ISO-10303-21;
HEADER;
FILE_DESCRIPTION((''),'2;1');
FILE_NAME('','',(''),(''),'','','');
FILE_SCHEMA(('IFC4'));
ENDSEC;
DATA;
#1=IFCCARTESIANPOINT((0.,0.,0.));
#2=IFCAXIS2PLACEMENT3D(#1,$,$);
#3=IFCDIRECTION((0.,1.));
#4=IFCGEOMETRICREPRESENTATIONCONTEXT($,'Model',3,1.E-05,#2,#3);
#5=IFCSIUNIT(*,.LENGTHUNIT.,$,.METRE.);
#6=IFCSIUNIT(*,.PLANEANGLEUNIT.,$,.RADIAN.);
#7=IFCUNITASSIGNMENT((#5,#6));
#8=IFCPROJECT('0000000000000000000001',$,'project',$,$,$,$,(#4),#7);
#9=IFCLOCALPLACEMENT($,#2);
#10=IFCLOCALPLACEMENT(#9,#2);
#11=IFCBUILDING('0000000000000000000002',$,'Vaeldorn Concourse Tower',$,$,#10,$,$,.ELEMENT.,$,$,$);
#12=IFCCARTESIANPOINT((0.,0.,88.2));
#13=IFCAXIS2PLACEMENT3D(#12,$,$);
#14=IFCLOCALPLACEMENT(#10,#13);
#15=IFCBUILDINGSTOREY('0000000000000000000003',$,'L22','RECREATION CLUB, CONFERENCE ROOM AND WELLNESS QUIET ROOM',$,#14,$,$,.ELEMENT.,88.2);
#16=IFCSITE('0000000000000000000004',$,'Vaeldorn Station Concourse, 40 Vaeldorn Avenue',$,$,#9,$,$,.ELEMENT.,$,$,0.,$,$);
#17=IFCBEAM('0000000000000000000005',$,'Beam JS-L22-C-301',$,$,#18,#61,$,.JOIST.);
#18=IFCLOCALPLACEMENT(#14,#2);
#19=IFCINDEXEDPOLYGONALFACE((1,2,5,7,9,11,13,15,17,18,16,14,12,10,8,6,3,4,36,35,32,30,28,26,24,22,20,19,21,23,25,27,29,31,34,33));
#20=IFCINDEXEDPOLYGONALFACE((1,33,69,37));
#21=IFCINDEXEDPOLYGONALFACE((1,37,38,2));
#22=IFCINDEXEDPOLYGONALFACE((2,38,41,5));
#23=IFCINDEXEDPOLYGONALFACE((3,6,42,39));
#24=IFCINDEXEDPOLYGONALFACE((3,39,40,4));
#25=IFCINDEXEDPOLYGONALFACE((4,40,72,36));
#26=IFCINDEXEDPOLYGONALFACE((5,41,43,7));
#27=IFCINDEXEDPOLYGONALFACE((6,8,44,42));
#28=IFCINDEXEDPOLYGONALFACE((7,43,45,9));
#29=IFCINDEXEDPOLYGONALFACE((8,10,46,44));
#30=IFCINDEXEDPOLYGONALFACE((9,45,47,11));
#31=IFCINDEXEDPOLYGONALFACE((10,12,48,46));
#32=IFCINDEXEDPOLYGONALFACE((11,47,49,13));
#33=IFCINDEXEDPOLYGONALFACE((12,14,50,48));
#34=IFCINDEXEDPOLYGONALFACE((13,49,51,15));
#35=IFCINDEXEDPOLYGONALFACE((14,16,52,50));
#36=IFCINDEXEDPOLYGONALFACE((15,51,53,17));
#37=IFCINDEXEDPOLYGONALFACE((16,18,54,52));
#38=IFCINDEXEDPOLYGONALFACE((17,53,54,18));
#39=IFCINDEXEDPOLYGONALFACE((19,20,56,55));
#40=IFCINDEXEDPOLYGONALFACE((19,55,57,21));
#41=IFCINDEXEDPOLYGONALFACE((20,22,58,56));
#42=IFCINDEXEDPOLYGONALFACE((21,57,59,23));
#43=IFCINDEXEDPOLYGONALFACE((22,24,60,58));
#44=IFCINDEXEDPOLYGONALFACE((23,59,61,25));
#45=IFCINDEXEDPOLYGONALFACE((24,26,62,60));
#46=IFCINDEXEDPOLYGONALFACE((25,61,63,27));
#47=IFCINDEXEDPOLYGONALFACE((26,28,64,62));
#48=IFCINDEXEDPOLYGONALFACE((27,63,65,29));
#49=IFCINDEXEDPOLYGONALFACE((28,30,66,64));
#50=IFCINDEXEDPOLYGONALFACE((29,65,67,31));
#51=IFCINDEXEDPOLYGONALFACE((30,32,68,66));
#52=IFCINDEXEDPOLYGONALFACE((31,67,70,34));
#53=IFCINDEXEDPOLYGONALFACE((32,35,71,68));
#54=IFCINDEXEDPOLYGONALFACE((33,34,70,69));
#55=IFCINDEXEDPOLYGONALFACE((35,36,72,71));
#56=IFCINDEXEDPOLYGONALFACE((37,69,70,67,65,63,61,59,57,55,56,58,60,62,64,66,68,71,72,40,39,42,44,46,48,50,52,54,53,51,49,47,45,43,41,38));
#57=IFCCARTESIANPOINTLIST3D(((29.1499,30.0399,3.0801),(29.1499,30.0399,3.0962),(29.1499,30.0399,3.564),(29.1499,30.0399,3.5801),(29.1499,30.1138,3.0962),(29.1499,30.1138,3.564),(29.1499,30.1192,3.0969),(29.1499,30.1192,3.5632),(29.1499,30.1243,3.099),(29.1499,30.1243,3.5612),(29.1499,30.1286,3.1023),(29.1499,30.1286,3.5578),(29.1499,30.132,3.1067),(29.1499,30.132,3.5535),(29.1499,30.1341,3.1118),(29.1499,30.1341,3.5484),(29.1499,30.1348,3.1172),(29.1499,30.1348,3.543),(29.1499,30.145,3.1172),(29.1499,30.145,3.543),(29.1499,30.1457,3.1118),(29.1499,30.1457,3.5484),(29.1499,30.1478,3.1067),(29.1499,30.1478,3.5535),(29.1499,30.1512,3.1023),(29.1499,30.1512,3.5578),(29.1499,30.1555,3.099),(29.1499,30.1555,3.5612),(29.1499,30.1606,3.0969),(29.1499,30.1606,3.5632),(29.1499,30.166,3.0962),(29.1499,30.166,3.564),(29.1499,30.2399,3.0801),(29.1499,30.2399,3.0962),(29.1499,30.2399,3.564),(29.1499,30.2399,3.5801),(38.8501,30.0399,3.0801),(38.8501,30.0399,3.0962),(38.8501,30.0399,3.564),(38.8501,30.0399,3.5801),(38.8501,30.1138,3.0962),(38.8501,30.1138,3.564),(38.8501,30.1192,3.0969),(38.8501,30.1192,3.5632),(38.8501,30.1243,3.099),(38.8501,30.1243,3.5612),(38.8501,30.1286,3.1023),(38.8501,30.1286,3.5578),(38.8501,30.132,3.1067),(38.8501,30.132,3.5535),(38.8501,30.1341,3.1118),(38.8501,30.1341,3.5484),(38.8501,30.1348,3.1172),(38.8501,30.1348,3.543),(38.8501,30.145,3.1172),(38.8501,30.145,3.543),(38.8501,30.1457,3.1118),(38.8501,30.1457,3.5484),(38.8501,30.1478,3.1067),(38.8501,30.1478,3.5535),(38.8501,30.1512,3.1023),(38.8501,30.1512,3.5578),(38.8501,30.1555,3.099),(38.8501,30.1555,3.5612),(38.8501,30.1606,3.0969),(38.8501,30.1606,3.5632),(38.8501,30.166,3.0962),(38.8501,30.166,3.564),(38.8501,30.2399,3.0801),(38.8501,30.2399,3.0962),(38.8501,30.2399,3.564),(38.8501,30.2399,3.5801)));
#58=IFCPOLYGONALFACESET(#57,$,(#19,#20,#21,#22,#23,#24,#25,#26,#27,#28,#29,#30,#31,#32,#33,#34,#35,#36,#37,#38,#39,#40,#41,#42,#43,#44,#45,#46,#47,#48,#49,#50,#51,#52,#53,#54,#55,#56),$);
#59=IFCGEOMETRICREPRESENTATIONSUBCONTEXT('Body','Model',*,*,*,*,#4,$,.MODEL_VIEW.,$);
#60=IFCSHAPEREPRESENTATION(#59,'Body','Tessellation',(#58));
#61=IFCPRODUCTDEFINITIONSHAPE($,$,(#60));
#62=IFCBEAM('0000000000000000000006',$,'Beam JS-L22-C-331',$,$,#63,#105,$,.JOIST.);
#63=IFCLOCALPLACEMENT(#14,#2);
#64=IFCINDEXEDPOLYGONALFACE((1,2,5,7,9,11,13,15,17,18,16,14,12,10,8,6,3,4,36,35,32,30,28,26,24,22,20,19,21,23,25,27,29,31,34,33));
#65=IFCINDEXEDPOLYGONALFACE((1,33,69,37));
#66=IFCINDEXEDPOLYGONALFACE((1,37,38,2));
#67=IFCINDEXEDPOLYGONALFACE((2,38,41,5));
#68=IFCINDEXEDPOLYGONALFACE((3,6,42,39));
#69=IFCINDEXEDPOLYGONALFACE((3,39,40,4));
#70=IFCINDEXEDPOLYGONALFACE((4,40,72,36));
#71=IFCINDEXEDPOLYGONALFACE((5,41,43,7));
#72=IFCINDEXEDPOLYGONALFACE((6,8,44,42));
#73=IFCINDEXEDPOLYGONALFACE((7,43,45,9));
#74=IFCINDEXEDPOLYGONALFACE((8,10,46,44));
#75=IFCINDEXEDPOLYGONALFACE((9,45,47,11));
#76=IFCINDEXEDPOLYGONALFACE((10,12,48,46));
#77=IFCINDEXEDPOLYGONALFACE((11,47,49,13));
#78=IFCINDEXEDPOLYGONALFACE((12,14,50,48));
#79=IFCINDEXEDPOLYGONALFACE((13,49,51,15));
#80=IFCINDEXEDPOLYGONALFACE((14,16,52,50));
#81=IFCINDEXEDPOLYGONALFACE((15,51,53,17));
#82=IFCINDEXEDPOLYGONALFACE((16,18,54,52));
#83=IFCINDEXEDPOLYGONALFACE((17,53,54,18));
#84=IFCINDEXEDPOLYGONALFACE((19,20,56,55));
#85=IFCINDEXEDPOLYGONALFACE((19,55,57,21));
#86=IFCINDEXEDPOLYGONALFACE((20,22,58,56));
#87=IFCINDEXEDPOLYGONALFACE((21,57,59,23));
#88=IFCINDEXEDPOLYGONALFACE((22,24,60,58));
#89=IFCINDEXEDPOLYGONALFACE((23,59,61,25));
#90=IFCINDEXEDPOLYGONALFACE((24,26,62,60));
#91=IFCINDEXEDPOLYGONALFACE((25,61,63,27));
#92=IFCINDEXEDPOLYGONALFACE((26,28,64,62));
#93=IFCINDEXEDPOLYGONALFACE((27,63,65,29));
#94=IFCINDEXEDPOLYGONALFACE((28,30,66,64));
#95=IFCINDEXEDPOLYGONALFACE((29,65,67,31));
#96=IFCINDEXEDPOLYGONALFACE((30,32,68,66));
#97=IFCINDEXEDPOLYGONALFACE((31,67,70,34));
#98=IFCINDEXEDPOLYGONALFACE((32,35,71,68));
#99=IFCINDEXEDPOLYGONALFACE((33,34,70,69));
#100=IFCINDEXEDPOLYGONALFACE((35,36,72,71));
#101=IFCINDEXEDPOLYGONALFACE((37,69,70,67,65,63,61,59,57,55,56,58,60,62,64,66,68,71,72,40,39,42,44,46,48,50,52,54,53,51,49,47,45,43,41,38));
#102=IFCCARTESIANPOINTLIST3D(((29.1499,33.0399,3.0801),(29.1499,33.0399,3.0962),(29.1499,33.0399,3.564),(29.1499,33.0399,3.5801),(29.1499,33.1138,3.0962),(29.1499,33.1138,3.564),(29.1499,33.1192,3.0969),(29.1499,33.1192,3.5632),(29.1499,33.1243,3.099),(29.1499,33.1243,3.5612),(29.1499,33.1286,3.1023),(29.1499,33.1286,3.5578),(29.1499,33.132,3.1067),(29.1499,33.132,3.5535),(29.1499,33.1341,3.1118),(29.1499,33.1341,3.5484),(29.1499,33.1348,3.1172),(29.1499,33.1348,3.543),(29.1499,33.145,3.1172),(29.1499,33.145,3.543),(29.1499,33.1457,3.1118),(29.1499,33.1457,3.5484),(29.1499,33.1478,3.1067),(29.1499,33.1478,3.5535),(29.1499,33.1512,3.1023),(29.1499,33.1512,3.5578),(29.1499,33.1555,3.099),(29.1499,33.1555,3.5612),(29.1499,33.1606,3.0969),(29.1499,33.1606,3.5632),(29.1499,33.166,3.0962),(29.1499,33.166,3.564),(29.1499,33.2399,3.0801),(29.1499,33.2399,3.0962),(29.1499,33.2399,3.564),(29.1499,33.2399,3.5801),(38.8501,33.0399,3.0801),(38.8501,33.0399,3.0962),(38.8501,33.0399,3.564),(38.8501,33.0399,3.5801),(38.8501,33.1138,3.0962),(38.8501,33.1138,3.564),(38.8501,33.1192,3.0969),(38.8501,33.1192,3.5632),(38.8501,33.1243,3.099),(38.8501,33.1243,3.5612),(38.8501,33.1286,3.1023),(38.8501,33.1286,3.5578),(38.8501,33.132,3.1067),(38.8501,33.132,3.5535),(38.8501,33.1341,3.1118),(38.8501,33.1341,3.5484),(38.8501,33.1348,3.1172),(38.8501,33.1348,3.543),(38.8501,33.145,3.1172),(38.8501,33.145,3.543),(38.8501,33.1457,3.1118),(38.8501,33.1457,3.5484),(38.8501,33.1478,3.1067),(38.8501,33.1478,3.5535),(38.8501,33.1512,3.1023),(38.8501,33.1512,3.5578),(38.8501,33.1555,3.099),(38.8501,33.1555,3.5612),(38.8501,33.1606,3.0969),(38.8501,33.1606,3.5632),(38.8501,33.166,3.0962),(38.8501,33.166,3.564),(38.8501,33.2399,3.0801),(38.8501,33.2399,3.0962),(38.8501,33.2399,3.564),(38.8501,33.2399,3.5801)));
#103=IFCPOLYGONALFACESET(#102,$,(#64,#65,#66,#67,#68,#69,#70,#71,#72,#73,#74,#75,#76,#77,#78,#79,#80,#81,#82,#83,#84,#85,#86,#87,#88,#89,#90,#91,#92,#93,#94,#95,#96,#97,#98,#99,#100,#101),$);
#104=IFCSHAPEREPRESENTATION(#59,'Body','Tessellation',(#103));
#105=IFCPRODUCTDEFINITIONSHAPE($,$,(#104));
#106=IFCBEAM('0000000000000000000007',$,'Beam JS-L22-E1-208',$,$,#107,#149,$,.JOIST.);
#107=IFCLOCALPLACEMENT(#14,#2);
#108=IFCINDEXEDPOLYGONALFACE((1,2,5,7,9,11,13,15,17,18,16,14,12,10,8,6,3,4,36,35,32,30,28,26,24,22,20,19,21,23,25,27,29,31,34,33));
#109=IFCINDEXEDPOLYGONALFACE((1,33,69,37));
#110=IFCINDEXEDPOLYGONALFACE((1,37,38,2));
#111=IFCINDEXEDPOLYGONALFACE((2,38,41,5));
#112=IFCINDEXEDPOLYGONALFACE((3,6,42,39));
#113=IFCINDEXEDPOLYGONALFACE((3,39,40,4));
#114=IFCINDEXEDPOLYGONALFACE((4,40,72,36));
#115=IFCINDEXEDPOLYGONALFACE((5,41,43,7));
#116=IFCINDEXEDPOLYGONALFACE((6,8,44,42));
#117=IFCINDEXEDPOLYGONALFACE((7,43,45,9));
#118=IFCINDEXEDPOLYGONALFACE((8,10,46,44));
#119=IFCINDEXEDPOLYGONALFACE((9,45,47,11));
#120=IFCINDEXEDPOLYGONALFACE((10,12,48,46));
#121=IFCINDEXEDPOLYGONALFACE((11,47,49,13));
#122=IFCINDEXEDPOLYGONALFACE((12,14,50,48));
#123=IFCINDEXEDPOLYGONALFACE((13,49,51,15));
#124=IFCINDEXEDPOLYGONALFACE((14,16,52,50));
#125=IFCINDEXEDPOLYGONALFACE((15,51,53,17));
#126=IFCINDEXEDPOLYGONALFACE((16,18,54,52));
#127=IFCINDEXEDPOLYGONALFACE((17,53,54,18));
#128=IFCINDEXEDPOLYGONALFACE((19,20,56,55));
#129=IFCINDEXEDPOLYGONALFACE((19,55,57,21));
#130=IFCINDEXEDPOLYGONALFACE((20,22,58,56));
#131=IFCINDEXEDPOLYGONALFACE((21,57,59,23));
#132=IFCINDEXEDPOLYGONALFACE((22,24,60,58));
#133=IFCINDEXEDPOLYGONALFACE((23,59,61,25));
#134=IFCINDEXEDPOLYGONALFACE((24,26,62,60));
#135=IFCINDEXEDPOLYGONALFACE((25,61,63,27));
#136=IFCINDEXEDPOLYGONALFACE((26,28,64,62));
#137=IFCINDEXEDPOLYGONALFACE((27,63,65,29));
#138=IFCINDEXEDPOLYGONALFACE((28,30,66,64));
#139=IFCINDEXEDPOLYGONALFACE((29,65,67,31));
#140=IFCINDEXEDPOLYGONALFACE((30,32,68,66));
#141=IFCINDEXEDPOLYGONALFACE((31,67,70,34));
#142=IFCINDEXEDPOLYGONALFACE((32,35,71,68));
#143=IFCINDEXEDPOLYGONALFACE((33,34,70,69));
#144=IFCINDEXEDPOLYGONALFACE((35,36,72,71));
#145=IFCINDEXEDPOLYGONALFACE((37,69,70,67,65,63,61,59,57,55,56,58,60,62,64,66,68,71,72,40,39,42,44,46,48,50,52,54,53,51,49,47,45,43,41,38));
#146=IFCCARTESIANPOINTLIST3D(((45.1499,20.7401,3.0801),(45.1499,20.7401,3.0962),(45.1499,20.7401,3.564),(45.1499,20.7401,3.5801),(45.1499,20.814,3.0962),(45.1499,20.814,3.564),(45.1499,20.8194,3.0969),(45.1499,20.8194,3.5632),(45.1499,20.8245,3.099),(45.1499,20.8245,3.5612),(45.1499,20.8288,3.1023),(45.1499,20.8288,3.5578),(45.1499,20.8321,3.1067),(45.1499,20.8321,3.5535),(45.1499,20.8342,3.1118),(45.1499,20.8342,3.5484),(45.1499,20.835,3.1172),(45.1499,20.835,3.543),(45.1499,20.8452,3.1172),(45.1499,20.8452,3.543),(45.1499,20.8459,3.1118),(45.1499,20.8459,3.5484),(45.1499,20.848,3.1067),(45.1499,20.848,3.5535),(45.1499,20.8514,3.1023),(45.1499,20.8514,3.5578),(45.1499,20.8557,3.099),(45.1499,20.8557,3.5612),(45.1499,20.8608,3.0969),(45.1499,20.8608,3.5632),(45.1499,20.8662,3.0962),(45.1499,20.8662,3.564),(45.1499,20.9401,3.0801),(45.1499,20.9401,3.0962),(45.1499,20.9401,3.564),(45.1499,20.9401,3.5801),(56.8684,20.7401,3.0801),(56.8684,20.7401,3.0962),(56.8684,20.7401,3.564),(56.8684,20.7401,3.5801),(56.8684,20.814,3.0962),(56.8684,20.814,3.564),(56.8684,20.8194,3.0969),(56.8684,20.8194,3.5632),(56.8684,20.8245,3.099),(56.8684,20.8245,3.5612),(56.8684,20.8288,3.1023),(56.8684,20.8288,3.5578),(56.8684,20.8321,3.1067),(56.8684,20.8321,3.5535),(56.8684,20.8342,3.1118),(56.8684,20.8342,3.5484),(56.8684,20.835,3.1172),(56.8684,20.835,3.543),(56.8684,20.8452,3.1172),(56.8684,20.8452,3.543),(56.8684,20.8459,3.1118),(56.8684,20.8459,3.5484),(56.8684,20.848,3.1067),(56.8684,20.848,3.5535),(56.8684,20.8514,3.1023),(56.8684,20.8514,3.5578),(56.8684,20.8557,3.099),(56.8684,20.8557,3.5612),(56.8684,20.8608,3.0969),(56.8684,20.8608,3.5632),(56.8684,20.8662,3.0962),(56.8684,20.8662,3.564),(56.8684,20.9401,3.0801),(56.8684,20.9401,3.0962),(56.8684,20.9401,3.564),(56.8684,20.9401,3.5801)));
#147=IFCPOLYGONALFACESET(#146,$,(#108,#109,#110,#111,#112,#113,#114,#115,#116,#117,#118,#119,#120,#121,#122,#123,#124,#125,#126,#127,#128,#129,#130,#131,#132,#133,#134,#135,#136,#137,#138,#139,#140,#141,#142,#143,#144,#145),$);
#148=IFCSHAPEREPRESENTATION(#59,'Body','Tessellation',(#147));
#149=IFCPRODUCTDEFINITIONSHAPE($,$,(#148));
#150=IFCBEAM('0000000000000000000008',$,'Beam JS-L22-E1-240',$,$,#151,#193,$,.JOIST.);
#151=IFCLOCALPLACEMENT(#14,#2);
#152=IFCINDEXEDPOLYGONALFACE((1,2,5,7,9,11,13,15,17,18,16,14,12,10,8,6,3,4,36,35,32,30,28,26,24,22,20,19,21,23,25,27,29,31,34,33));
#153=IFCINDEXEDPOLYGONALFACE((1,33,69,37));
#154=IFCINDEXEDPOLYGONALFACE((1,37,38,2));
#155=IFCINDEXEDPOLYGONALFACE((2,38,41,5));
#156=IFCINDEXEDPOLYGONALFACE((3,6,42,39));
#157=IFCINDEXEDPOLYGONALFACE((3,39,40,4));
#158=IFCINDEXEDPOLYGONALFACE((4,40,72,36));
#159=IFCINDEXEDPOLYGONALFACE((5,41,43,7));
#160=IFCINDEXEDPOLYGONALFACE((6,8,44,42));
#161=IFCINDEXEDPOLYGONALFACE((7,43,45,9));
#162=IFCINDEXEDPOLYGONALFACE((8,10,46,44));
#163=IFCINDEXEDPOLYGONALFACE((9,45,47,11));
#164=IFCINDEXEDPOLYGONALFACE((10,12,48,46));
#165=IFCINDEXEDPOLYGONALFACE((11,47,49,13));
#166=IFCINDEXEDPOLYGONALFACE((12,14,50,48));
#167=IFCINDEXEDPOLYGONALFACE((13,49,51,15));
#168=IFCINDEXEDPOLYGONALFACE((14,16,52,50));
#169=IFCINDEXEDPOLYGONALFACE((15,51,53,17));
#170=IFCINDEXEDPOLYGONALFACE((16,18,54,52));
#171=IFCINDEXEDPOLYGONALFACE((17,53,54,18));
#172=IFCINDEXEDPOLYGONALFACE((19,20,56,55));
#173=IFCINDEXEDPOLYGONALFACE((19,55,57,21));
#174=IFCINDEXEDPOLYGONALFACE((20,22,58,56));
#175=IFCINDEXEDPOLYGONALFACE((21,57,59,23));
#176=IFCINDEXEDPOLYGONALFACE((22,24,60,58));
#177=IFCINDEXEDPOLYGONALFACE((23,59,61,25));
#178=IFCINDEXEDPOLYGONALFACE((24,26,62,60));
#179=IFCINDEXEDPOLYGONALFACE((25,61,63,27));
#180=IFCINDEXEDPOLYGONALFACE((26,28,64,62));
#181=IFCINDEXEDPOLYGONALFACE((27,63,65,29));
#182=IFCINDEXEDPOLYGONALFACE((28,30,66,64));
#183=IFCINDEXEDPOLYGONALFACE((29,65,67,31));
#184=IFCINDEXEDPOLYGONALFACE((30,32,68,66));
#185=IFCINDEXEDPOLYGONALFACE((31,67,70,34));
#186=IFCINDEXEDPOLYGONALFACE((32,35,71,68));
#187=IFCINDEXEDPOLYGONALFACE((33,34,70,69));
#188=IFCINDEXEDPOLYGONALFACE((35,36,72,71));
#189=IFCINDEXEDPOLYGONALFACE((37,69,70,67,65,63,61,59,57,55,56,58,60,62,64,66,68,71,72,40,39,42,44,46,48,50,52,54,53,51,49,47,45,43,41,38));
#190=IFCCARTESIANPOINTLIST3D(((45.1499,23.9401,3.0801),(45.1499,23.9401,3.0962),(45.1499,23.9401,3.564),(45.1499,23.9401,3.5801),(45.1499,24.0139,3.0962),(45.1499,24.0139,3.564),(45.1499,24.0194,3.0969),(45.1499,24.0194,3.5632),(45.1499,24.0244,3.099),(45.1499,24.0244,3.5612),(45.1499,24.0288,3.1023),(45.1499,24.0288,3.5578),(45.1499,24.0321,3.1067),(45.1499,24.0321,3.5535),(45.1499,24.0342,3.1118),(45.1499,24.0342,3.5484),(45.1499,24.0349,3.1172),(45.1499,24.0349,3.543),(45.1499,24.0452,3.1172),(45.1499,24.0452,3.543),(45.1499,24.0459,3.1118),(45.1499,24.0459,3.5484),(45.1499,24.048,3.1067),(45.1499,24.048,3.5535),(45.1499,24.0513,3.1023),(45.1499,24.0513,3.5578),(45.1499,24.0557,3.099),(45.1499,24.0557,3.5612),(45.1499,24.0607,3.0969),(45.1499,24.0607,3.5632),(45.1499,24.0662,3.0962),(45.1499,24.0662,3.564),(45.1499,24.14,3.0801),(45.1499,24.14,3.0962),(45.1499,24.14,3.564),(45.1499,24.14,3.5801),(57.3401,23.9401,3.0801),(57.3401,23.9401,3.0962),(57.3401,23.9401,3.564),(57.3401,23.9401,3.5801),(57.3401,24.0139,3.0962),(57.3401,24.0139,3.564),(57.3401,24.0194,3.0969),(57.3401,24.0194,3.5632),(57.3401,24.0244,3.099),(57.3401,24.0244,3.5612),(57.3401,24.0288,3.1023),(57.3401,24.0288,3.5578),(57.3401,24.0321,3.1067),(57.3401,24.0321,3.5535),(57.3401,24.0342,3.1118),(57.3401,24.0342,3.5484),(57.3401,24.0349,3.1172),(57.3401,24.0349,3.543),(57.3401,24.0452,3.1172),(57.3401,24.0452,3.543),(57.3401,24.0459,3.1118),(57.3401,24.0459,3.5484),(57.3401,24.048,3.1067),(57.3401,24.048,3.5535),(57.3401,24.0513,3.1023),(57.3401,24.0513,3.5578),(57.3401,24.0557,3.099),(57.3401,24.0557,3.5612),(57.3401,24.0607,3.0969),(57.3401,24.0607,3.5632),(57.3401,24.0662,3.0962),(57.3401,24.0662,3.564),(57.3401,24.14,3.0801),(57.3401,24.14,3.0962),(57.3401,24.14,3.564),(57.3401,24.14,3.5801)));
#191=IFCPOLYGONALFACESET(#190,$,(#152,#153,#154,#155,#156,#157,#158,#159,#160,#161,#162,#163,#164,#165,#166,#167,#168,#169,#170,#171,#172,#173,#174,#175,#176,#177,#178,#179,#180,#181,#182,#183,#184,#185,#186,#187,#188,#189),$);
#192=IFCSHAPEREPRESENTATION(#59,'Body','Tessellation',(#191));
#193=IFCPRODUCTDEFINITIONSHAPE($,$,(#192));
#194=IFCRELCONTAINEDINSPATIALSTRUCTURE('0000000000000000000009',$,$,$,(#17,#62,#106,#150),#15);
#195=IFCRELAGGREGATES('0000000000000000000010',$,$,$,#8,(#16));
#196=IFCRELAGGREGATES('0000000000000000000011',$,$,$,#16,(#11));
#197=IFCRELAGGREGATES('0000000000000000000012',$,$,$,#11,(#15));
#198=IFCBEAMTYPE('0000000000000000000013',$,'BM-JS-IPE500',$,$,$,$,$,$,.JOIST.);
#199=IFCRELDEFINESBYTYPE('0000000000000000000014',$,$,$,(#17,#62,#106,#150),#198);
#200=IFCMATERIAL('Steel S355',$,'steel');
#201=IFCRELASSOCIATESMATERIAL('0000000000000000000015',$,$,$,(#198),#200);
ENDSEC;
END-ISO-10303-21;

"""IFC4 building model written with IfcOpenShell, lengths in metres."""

from ifc_helpers import new_model, si_unit, direction, frame, origin, origin_2d, place, context, subcontext, project, spatial, i_section, extrude, source, transform, mapped, material, material_profile, profile_set, type_object, element, save


model = new_model("IFC4")

# Units and contexts
model_context = context("Model", 3, precision=1e-05, world=origin(), true_north=direction((0.0, 1.0)))
body_context = subcontext(model_context, "Body", "Model", "MODEL_VIEW")
ifc_project = project(units=[si_unit("LENGTHUNIT", "METRE"), si_unit("PLANEANGLEUNIT", "RADIAN")], contexts=[model_context])

# Site, building, storey
site_placement = place(None, origin())
site = spatial("IfcSite", under=ifc_project, at=site_placement, Name="Vaeldorn Station Concourse, 40 Vaeldorn Avenue", CompositionType="ELEMENT", RefElevation=0.0)
building_placement = place(site_placement, origin())
building = spatial("IfcBuilding", under=site, at=building_placement, Name="Vaeldorn Concourse Tower", CompositionType="ELEMENT")
storey_placement = place(building_placement, frame((0.0, 0.0, 88.2)))
storey = spatial("IfcBuildingStorey", under=building, at=storey_placement, Name="L22", Description="RECREATION CLUB, CONFERENCE ROOM AND WELLNESS QUIET ROOM", CompositionType="ELEMENT", Elevation=88.2)

# Beams
ifc_material_1 = material(Name="Steel S355", Category="steel")
ifc_material_profile_1 = material_profile(ifc_material_1, i_section(OverallWidth=0.2, OverallDepth=0.5, WebThickness=0.0103, FlangeThickness=0.0161, FilletRadius=0.021, at=origin_2d()), Name="IPE 500")
ifc_profile_set_1 = profile_set([ifc_material_profile_1], Name="Steel S355")
beam_type_1 = type_object("IfcBeamType", Name="BM-JS-IPE500", PredefinedType="JOIST", material=ifc_profile_set_1)
shared_shape_1 = source(origin(), body_context, "Body", "SweptSolid", [
    extrude(i_section(OverallWidth=0.2, OverallDepth=0.5, WebThickness=0.0103, FlangeThickness=0.0161, FilletRadius=0.021, at=origin_2d()), origin(), (0.0, 0.0, 1.0), 9.7002),
])
for number, where, z_axis, x_axis, name in (
    (1, (29.1499, 30.1399, 3.3301), (1.0, 0.0, 0.0), (0.0, 1.0, 0.0), "Beam JS-L22-C-301"),
    (2, (29.1499, 33.1399, 3.3301), (1.0, 0.0, 0.0), (0.0, 1.0, 0.0), "Beam JS-L22-C-331"),
):
    element("IfcBeam", number, at=place(storey_placement, frame(where, z_axis=z_axis, x_axis=x_axis)), inside=storey, type_object=beam_type_1, Name=name, PredefinedType="JOIST", context=body_context, shape_type="MappedRepresentation", body=[
        mapped(shared_shape_1, transform((0.0, 0.0, 0.0), scale=1.0)),
    ])
shared_shape_2 = source(origin(), body_context, "Body", "SweptSolid", [
    extrude(i_section(OverallWidth=0.2, OverallDepth=0.5, WebThickness=0.0103, FlangeThickness=0.0161, FilletRadius=0.021, at=origin_2d()), origin(), (0.0, 0.0, 1.0), 11.7185),
])
beam_1_placement = place(storey_placement, frame((45.1499, 20.8401, 3.3301), z_axis=(1.0, 0.0, 0.0), x_axis=(0.0, 1.0, 0.0)))
element("IfcBeam", 3, at=beam_1_placement, inside=storey, type_object=beam_type_1, Name="Beam JS-L22-E1-208", PredefinedType="JOIST", context=body_context, shape_type="MappedRepresentation", body=[
    mapped(shared_shape_2, transform((0.0, 0.0, 0.0), scale=1.0)),
])
shared_shape_3 = source(origin(), body_context, "Body", "SweptSolid", [
    extrude(i_section(OverallWidth=0.2, OverallDepth=0.5, WebThickness=0.0103, FlangeThickness=0.0161, FilletRadius=0.021, at=origin_2d()), origin(), (0.0, 0.0, 1.0), 12.1902),
])
beam_2_placement = place(storey_placement, frame((45.1499, 24.04, 3.3301), z_axis=(1.0, 0.0, 0.0), x_axis=(0.0, 1.0, 0.0)))
element("IfcBeam", 4, at=beam_2_placement, inside=storey, type_object=beam_type_1, Name="Beam JS-L22-E1-240", PredefinedType="JOIST", context=body_context, shape_type="MappedRepresentation", body=[
    mapped(shared_shape_3, transform((0.0, 0.0, 0.0), scale=1.0)),
])

save(model, "model.ifc")
